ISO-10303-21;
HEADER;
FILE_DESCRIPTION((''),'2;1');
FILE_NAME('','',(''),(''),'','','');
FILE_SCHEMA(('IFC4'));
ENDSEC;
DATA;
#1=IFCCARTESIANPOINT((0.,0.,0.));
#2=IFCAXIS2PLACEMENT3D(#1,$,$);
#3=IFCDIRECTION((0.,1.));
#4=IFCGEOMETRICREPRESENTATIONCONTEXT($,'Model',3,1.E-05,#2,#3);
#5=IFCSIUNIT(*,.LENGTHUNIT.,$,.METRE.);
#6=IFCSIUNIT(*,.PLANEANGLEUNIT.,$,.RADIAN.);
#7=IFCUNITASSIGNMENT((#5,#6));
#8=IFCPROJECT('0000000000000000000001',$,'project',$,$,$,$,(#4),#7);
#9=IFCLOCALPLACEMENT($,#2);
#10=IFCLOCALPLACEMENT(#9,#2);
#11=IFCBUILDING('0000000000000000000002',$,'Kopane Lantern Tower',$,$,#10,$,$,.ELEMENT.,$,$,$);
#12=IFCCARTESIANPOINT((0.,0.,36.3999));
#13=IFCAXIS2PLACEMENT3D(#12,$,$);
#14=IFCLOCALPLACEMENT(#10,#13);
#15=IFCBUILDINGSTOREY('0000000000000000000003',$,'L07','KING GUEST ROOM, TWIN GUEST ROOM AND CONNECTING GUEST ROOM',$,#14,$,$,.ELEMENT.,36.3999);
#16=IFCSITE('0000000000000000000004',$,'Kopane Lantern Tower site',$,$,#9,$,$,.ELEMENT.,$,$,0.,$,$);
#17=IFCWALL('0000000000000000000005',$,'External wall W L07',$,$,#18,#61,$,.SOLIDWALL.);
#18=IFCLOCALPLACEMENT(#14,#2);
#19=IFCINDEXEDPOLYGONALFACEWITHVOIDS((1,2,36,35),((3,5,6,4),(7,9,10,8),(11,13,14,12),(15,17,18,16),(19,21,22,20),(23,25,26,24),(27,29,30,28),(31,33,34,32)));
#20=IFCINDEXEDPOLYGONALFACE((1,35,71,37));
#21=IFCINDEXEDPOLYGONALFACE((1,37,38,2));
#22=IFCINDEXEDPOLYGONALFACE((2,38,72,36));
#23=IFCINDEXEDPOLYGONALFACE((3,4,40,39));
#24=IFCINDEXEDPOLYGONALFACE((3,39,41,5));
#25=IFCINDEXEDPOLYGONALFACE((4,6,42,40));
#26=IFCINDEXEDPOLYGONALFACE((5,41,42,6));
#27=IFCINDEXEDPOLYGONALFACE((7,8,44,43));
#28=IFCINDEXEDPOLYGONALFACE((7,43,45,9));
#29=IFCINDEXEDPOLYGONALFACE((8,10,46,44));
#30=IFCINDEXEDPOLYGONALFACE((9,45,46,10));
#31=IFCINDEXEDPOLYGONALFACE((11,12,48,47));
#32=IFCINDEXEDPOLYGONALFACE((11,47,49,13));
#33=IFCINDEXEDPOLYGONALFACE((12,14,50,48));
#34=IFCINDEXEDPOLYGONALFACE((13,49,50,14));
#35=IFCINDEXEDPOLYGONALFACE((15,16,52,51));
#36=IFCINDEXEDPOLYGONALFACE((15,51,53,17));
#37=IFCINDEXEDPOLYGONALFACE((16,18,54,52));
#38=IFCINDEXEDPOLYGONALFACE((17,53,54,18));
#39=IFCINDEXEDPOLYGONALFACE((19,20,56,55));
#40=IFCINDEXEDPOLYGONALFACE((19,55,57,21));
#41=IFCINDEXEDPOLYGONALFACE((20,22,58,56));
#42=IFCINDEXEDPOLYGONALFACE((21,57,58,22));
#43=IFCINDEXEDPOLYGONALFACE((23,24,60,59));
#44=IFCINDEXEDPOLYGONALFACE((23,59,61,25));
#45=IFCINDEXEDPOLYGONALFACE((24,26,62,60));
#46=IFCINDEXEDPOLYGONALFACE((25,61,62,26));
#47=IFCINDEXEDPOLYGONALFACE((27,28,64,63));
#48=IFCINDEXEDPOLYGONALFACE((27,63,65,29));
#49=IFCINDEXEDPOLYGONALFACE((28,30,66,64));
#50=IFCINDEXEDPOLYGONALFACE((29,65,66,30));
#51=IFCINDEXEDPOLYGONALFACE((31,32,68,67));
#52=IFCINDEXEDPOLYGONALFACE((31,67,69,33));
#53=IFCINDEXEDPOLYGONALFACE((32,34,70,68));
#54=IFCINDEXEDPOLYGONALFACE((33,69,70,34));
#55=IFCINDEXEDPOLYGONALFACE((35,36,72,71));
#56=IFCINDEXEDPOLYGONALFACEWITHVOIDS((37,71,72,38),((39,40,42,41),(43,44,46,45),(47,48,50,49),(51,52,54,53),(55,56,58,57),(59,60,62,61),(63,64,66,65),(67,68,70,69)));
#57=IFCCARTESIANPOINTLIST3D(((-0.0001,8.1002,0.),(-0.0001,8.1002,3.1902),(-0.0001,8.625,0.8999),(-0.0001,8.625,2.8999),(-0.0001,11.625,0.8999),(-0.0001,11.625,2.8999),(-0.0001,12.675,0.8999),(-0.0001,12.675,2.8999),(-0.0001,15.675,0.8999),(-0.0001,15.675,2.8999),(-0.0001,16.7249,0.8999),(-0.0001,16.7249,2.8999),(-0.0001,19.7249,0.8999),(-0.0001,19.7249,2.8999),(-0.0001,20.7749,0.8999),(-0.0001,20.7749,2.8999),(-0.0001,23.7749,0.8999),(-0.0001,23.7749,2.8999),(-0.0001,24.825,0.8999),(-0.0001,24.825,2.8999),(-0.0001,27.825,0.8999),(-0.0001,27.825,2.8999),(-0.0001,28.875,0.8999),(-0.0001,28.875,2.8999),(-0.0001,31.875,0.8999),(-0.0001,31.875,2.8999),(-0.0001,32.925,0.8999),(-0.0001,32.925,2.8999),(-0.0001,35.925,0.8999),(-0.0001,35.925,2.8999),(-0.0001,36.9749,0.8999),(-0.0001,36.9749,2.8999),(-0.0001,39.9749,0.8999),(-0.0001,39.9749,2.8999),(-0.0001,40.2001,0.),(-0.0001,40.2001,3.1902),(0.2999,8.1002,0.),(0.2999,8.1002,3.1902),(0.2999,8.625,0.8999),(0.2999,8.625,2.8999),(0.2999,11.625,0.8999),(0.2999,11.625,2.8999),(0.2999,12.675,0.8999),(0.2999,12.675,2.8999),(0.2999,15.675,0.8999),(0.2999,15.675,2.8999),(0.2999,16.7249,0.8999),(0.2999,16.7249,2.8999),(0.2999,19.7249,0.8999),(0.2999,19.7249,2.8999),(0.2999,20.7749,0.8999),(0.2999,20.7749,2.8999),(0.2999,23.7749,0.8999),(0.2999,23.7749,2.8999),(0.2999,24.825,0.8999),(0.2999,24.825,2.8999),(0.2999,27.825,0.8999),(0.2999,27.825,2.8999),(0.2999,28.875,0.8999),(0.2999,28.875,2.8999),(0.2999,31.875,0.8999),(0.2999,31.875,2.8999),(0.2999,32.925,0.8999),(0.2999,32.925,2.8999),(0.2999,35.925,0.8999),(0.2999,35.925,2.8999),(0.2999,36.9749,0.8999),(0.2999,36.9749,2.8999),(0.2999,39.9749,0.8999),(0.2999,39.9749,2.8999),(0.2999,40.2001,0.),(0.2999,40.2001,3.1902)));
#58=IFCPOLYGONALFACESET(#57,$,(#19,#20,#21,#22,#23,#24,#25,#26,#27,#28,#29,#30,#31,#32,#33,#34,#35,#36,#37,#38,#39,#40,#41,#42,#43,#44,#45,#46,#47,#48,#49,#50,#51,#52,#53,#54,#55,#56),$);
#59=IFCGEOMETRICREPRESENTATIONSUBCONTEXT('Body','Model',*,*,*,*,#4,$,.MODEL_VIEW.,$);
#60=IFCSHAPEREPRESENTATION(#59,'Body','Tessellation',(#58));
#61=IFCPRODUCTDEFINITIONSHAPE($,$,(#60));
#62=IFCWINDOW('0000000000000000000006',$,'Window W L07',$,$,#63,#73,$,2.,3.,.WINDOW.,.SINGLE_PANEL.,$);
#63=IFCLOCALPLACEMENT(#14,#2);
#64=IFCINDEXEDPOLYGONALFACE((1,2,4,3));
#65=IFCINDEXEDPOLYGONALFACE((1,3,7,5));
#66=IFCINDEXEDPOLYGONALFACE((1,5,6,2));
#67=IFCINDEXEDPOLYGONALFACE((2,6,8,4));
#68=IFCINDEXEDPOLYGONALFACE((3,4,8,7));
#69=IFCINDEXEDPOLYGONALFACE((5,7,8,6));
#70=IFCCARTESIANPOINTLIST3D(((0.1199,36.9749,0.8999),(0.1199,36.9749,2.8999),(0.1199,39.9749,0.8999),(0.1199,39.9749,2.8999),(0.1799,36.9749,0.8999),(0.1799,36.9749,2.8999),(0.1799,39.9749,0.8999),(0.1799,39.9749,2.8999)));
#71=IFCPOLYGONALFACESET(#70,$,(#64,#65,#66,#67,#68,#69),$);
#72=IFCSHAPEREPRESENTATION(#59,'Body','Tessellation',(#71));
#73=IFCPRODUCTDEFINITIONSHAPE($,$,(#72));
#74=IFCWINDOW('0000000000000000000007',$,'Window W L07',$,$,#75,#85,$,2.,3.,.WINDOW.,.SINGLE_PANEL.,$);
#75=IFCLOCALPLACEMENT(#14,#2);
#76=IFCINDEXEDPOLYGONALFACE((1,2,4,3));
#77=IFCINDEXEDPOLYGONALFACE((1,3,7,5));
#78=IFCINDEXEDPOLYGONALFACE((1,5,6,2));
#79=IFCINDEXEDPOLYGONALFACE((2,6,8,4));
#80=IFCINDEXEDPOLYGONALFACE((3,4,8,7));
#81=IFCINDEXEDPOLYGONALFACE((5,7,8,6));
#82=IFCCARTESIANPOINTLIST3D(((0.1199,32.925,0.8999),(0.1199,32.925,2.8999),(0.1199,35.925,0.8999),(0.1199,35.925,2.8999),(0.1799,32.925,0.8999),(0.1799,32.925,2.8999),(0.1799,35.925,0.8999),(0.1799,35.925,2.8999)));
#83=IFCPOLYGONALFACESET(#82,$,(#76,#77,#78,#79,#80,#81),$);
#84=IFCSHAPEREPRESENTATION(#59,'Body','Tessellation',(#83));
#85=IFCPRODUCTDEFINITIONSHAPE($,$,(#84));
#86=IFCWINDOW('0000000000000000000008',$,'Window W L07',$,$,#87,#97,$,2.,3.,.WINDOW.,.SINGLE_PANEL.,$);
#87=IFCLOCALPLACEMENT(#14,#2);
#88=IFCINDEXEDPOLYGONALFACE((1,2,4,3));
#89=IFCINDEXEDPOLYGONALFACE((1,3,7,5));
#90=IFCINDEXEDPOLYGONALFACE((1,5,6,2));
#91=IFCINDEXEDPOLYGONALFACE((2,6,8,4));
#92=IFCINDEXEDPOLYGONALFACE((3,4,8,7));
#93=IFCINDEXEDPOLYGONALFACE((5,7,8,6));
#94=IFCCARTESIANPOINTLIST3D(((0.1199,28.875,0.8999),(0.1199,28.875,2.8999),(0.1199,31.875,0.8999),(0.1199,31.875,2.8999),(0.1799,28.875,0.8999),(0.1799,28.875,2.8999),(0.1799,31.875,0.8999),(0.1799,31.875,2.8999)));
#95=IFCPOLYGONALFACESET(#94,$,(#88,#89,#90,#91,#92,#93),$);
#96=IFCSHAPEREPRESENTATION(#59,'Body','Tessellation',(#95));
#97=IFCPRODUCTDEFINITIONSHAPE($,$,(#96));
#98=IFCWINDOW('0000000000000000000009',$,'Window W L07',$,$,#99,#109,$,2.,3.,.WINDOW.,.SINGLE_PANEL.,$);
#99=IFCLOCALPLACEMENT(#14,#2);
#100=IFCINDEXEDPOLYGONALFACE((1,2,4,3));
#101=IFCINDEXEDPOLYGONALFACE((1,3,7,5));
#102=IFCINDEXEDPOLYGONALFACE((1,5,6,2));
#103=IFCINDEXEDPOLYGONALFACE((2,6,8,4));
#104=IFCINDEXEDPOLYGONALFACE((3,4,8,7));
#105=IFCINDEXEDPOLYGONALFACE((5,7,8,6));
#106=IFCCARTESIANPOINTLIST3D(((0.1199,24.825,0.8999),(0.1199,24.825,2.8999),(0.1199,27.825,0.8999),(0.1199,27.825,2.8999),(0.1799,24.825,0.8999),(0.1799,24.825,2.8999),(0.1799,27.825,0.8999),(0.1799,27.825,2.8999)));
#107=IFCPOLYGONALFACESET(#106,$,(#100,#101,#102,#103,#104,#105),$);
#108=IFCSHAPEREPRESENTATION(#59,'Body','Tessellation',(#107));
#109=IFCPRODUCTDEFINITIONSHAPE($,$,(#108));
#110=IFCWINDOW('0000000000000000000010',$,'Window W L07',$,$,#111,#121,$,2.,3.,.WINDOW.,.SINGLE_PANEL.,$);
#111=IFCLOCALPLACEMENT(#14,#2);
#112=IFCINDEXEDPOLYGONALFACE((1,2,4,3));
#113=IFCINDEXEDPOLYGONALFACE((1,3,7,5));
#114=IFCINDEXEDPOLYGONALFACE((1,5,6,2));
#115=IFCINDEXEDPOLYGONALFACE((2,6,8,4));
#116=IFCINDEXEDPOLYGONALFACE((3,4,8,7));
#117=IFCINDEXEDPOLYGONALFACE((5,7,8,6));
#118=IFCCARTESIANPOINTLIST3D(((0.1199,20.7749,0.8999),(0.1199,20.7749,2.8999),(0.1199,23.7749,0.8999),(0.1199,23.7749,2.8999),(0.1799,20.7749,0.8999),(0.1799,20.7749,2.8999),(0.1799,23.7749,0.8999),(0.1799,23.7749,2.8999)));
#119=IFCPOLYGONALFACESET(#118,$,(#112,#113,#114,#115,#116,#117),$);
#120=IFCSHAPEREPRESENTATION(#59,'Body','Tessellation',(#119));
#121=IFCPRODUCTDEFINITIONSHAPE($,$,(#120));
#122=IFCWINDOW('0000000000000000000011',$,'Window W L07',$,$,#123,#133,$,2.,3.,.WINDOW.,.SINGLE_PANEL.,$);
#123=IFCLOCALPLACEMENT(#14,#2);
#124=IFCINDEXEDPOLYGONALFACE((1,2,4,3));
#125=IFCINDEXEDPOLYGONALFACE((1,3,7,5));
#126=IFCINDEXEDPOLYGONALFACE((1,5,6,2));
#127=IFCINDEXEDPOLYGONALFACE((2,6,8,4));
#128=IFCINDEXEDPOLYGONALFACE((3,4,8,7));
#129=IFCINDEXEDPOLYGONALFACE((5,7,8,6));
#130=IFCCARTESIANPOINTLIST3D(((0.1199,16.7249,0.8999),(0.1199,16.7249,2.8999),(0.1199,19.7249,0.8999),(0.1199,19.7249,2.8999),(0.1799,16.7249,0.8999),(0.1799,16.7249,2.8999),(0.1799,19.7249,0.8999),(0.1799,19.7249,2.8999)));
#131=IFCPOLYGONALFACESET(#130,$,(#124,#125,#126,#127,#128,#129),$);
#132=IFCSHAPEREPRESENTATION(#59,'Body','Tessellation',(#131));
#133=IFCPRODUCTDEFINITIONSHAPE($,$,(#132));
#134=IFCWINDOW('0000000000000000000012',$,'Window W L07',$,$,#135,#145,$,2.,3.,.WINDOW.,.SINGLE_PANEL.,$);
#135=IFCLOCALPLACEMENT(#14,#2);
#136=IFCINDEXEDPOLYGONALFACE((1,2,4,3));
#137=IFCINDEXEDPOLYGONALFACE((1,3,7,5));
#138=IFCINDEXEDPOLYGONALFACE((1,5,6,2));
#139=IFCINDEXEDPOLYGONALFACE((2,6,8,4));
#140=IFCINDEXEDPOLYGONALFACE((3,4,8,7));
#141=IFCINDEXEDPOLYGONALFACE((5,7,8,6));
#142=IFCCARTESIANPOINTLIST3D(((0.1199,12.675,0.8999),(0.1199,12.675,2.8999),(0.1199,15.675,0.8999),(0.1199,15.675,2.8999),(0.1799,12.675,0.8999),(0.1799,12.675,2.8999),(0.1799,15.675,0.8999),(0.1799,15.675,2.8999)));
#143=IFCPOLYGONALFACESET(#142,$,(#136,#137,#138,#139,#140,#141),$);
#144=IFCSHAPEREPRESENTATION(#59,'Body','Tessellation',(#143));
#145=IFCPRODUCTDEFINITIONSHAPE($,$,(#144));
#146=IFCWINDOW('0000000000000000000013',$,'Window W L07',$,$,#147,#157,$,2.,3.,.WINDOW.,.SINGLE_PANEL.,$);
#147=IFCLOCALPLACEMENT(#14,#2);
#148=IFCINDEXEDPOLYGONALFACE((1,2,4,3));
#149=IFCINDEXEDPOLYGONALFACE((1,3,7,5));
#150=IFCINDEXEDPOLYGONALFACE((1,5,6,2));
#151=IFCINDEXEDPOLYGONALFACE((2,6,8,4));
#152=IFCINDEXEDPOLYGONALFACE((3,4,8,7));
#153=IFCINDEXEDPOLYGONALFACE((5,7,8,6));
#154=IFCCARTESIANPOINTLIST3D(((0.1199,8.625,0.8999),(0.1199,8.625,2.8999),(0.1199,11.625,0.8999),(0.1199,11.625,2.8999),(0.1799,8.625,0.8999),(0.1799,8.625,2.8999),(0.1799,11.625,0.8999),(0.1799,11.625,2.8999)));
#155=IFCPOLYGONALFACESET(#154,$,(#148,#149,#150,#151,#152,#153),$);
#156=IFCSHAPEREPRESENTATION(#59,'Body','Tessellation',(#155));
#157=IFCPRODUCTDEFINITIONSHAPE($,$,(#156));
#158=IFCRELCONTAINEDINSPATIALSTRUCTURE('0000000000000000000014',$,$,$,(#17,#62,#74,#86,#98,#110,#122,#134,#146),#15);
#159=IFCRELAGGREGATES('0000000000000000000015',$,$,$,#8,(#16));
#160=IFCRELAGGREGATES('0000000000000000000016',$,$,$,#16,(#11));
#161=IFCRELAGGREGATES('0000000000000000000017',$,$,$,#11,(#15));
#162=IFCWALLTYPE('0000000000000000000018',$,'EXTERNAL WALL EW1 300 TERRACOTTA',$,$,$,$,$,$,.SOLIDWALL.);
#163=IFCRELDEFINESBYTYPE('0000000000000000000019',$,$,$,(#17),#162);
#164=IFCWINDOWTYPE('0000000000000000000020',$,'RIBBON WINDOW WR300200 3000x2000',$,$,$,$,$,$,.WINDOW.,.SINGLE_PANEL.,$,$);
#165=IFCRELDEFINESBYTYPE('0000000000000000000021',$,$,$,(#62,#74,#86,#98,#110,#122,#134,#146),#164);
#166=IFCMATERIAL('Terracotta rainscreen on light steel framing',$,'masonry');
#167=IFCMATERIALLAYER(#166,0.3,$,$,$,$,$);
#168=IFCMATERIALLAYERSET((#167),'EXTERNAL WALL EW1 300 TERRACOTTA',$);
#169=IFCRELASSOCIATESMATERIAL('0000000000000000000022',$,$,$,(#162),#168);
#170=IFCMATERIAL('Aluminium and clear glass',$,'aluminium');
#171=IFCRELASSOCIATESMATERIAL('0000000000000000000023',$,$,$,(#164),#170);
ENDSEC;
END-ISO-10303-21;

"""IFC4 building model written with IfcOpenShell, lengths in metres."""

from ifc_helpers import new_model, si_unit, direction, frame, frame_2d, origin, place, context, subcontext, project, spatial, rectangle, extrude, material, layer, layer_set, type_object, element, fill, save


model = new_model("IFC4")

# Units and contexts
model_context = context("Model", 3, precision=1e-05, world=origin(), true_north=direction((0.0, 1.0)))
body_context = subcontext(model_context, "Body", "Model", "MODEL_VIEW")
ifc_project = project(units=[si_unit("LENGTHUNIT", "METRE"), si_unit("PLANEANGLEUNIT", "RADIAN")], contexts=[model_context])

# Site, building, storey
site_placement = place(None, origin())
site = spatial("IfcSite", under=ifc_project, at=site_placement, Name="Kopane Lantern Tower site", CompositionType="ELEMENT", RefElevation=0.0)
building_placement = place(site_placement, origin())
building = spatial("IfcBuilding", under=site, at=building_placement, Name="Kopane Lantern Tower", CompositionType="ELEMENT")
storey_placement = place(building_placement, frame((0.0, 0.0, 36.3999)))
storey = spatial("IfcBuildingStorey", under=building, at=storey_placement, Name="L07", Description="KING GUEST ROOM, TWIN GUEST ROOM AND CONNECTING GUEST ROOM", CompositionType="ELEMENT", Elevation=36.3999)

# Shared definitions
ifc_material_1 = material(Name="Terracotta rainscreen on light steel framing", Category="masonry")
ifc_layer_1 = layer(ifc_material_1, 0.3)
ifc_layer_set_1 = layer_set([ifc_layer_1], Name="EXTERNAL WALL EW1 300 TERRACOTTA")
wall_type_1 = type_object("IfcWallType", Name="EXTERNAL WALL EW1 300 TERRACOTTA", PredefinedType="SOLIDWALL", material=ifc_layer_set_1)

# Wall, openings, windows
wall_1_placement = place(storey_placement, frame((0.1499, 40.2, 0.0), z_axis=(0.0, 0.0, 1.0), x_axis=(0.0, -1.0, 0.0)))
wall_1 = element("IfcWall", 1, at=wall_1_placement, inside=storey, type_object=wall_type_1, Name="External wall W L07", PredefinedType="SOLIDWALL", context=body_context, shape_type="SweptSolid", body=[
    extrude(rectangle(XDim=32.0999, YDim=0.3, at=frame_2d((16.0498, 0.0))), origin(), (0.0, 0.0, 1.0), 3.1902),
])
opening_1_placement = place(wall_1_placement, frame((0.2251, 0.0, 0.8999)))
opening_1 = element("IfcOpeningElement", 2, at=opening_1_placement, cuts=wall_1, PredefinedType="OPENING", context=body_context, shape_type="SweptSolid", body=[
    extrude(rectangle(XDim=3.0, YDim=2.0, at=frame_2d((1.5, 1.0))), frame((0.0, 0.1599, 0.0), z_axis=(0.0, -1.0, 0.0), x_axis=(1.0, 0.0, 0.0)), (0.0, 0.0, 1.0), 0.3201),
])
opening_2_placement = place(wall_1_placement, frame((4.2749, 0.0, 0.8999)))
opening_2 = element("IfcOpeningElement", 3, at=opening_2_placement, cuts=wall_1, PredefinedType="OPENING", context=body_context, shape_type="SweptSolid", body=[
    extrude(rectangle(XDim=3.0, YDim=2.0, at=frame_2d((1.5, 1.0))), frame((0.0, 0.1599, 0.0), z_axis=(0.0, -1.0, 0.0), x_axis=(1.0, 0.0, 0.0)), (0.0, 0.0, 1.0), 0.3201),
])
opening_3_placement = place(wall_1_placement, frame((8.325, 0.0, 0.8999)))
opening_3 = element("IfcOpeningElement", 4, at=opening_3_placement, cuts=wall_1, PredefinedType="OPENING", context=body_context, shape_type="SweptSolid", body=[
    extrude(rectangle(XDim=3.0, YDim=2.0, at=frame_2d((1.5, 1.0))), frame((0.0, 0.1599, 0.0), z_axis=(0.0, -1.0, 0.0), x_axis=(1.0, 0.0, 0.0)), (0.0, 0.0, 1.0), 0.3201),
])
opening_4_placement = place(wall_1_placement, frame((12.375, 0.0, 0.8999)))
opening_4 = element("IfcOpeningElement", 5, at=opening_4_placement, cuts=wall_1, PredefinedType="OPENING", context=body_context, shape_type="SweptSolid", body=[
    extrude(rectangle(XDim=3.0, YDim=2.0, at=frame_2d((1.5, 1.0))), frame((0.0, 0.1599, 0.0), z_axis=(0.0, -1.0, 0.0), x_axis=(1.0, 0.0, 0.0)), (0.0, 0.0, 1.0), 0.3201),
])
opening_5_placement = place(wall_1_placement, frame((16.425, 0.0, 0.8999)))
opening_5 = element("IfcOpeningElement", 6, at=opening_5_placement, cuts=wall_1, PredefinedType="OPENING", context=body_context, shape_type="SweptSolid", body=[
    extrude(rectangle(XDim=3.0, YDim=2.0, at=frame_2d((1.5, 1.0))), frame((0.0, 0.1599, 0.0), z_axis=(0.0, -1.0, 0.0), x_axis=(1.0, 0.0, 0.0)), (0.0, 0.0, 1.0), 0.3201),
])
opening_6_placement = place(wall_1_placement, frame((20.4751, 0.0, 0.8999)))
opening_6 = element("IfcOpeningElement", 7, at=opening_6_placement, cuts=wall_1, PredefinedType="OPENING", context=body_context, shape_type="SweptSolid", body=[
    extrude(rectangle(XDim=3.0, YDim=2.0, at=frame_2d((1.5, 1.0))), frame((0.0, 0.1599, 0.0), z_axis=(0.0, -1.0, 0.0), x_axis=(1.0, 0.0, 0.0)), (0.0, 0.0, 1.0), 0.3201),
])
opening_7_placement = place(wall_1_placement, frame((24.5249, 0.0, 0.8999)))
opening_7 = element("IfcOpeningElement", 8, at=opening_7_placement, cuts=wall_1, PredefinedType="OPENING", context=body_context, shape_type="SweptSolid", body=[
    extrude(rectangle(XDim=3.0, YDim=2.0, at=frame_2d((1.5, 1.0))), frame((0.0, 0.1599, 0.0), z_axis=(0.0, -1.0, 0.0), x_axis=(1.0, 0.0, 0.0)), (0.0, 0.0, 1.0), 0.3201),
])
opening_8_placement = place(wall_1_placement, frame((28.575, 0.0, 0.8999)))
opening_8 = element("IfcOpeningElement", 9, at=opening_8_placement, cuts=wall_1, PredefinedType="OPENING", context=body_context, shape_type="SweptSolid", body=[
    extrude(rectangle(XDim=3.0, YDim=2.0, at=frame_2d((1.5, 1.0))), frame((0.0, 0.1599, 0.0), z_axis=(0.0, -1.0, 0.0), x_axis=(1.0, 0.0, 0.0)), (0.0, 0.0, 1.0), 0.3201),
])
ifc_material_2 = material(Name="Aluminium and clear glass", Category="aluminium")
window_type_1 = type_object("IfcWindowType", Name="RIBBON WINDOW WR300200 3000x2000", PartitioningType="SINGLE_PANEL", PredefinedType="WINDOW", material=ifc_material_2)
window_1_placement = place(opening_1_placement, origin())
window_1 = element("IfcWindow", 10, at=window_1_placement, inside=storey, type_object=window_type_1, Name="Window W L07", OverallHeight=2.0, OverallWidth=3.0, PartitioningType="SINGLE_PANEL", PredefinedType="WINDOW", context=body_context, shape_type="SweptSolid", body=[
    extrude(rectangle(XDim=3.0, YDim=2.0, at=frame_2d((1.5, 1.0))), frame((0.0, 0.03, 0.0), z_axis=(0.0, -1.0, 0.0), x_axis=(1.0, 0.0, 0.0)), (0.0, 0.0, 1.0), 0.0601),
])
fill(opening_1, window_1)
window_2_placement = place(opening_2_placement, origin())
window_2 = element("IfcWindow", 11, at=window_2_placement, inside=storey, type_object=window_type_1, Name="Window W L07", OverallHeight=2.0, OverallWidth=3.0, PartitioningType="SINGLE_PANEL", PredefinedType="WINDOW", context=body_context, shape_type="SweptSolid", body=[
    extrude(rectangle(XDim=3.0, YDim=2.0, at=frame_2d((1.5, 1.0))), frame((0.0, 0.03, 0.0), z_axis=(0.0, -1.0, 0.0), x_axis=(1.0, 0.0, 0.0)), (0.0, 0.0, 1.0), 0.0601),
])
fill(opening_2, window_2)
window_3_placement = place(opening_3_placement, origin())
window_3 = element("IfcWindow", 12, at=window_3_placement, inside=storey, type_object=window_type_1, Name="Window W L07", OverallHeight=2.0, OverallWidth=3.0, PartitioningType="SINGLE_PANEL", PredefinedType="WINDOW", context=body_context, shape_type="SweptSolid", body=[
    extrude(rectangle(XDim=3.0, YDim=2.0, at=frame_2d((1.5, 1.0))), frame((0.0, 0.03, 0.0), z_axis=(0.0, -1.0, 0.0), x_axis=(1.0, 0.0, 0.0)), (0.0, 0.0, 1.0), 0.0601),
])
fill(opening_3, window_3)
window_4_placement = place(opening_4_placement, origin())
window_4 = element("IfcWindow", 13, at=window_4_placement, inside=storey, type_object=window_type_1, Name="Window W L07", OverallHeight=2.0, OverallWidth=3.0, PartitioningType="SINGLE_PANEL", PredefinedType="WINDOW", context=body_context, shape_type="SweptSolid", body=[
    extrude(rectangle(XDim=3.0, YDim=2.0, at=frame_2d((1.5, 1.0))), frame((0.0, 0.03, 0.0), z_axis=(0.0, -1.0, 0.0), x_axis=(1.0, 0.0, 0.0)), (0.0, 0.0, 1.0), 0.0601),
])
fill(opening_4, window_4)
window_5_placement = place(opening_5_placement, origin())
window_5 = element("IfcWindow", 14, at=window_5_placement, inside=storey, type_object=window_type_1, Name="Window W L07", OverallHeight=2.0, OverallWidth=3.0, PartitioningType="SINGLE_PANEL", PredefinedType="WINDOW", context=body_context, shape_type="SweptSolid", body=[
    extrude(rectangle(XDim=3.0, YDim=2.0, at=frame_2d((1.5, 1.0))), frame((0.0, 0.03, 0.0), z_axis=(0.0, -1.0, 0.0), x_axis=(1.0, 0.0, 0.0)), (0.0, 0.0, 1.0), 0.0601),
])
fill(opening_5, window_5)
window_6_placement = place(opening_6_placement, origin())
window_6 = element("IfcWindow", 15, at=window_6_placement, inside=storey, type_object=window_type_1, Name="Window W L07", OverallHeight=2.0, OverallWidth=3.0, PartitioningType="SINGLE_PANEL", PredefinedType="WINDOW", context=body_context, shape_type="SweptSolid", body=[
    extrude(rectangle(XDim=3.0, YDim=2.0, at=frame_2d((1.5, 1.0))), frame((0.0, 0.03, 0.0), z_axis=(0.0, -1.0, 0.0), x_axis=(1.0, 0.0, 0.0)), (0.0, 0.0, 1.0), 0.0601),
])
fill(opening_6, window_6)
window_7_placement = place(opening_7_placement, origin())
window_7 = element("IfcWindow", 16, at=window_7_placement, inside=storey, type_object=window_type_1, Name="Window W L07", OverallHeight=2.0, OverallWidth=3.0, PartitioningType="SINGLE_PANEL", PredefinedType="WINDOW", context=body_context, shape_type="SweptSolid", body=[
    extrude(rectangle(XDim=3.0, YDim=2.0, at=frame_2d((1.5, 1.0))), frame((0.0, 0.03, 0.0), z_axis=(0.0, -1.0, 0.0), x_axis=(1.0, 0.0, 0.0)), (0.0, 0.0, 1.0), 0.0601),
])
fill(opening_7, window_7)
window_8_placement = place(opening_8_placement, origin())
window_8 = element("IfcWindow", 17, at=window_8_placement, inside=storey, type_object=window_type_1, Name="Window W L07", OverallHeight=2.0, OverallWidth=3.0, PartitioningType="SINGLE_PANEL", PredefinedType="WINDOW", context=body_context, shape_type="SweptSolid", body=[
    extrude(rectangle(XDim=3.0, YDim=2.0, at=frame_2d((1.5, 1.0))), frame((0.0, 0.03, 0.0), z_axis=(0.0, -1.0, 0.0), x_axis=(1.0, 0.0, 0.0)), (0.0, 0.0, 1.0), 0.0601),
])
fill(opening_8, window_8)

save(model, "model.ifc")
